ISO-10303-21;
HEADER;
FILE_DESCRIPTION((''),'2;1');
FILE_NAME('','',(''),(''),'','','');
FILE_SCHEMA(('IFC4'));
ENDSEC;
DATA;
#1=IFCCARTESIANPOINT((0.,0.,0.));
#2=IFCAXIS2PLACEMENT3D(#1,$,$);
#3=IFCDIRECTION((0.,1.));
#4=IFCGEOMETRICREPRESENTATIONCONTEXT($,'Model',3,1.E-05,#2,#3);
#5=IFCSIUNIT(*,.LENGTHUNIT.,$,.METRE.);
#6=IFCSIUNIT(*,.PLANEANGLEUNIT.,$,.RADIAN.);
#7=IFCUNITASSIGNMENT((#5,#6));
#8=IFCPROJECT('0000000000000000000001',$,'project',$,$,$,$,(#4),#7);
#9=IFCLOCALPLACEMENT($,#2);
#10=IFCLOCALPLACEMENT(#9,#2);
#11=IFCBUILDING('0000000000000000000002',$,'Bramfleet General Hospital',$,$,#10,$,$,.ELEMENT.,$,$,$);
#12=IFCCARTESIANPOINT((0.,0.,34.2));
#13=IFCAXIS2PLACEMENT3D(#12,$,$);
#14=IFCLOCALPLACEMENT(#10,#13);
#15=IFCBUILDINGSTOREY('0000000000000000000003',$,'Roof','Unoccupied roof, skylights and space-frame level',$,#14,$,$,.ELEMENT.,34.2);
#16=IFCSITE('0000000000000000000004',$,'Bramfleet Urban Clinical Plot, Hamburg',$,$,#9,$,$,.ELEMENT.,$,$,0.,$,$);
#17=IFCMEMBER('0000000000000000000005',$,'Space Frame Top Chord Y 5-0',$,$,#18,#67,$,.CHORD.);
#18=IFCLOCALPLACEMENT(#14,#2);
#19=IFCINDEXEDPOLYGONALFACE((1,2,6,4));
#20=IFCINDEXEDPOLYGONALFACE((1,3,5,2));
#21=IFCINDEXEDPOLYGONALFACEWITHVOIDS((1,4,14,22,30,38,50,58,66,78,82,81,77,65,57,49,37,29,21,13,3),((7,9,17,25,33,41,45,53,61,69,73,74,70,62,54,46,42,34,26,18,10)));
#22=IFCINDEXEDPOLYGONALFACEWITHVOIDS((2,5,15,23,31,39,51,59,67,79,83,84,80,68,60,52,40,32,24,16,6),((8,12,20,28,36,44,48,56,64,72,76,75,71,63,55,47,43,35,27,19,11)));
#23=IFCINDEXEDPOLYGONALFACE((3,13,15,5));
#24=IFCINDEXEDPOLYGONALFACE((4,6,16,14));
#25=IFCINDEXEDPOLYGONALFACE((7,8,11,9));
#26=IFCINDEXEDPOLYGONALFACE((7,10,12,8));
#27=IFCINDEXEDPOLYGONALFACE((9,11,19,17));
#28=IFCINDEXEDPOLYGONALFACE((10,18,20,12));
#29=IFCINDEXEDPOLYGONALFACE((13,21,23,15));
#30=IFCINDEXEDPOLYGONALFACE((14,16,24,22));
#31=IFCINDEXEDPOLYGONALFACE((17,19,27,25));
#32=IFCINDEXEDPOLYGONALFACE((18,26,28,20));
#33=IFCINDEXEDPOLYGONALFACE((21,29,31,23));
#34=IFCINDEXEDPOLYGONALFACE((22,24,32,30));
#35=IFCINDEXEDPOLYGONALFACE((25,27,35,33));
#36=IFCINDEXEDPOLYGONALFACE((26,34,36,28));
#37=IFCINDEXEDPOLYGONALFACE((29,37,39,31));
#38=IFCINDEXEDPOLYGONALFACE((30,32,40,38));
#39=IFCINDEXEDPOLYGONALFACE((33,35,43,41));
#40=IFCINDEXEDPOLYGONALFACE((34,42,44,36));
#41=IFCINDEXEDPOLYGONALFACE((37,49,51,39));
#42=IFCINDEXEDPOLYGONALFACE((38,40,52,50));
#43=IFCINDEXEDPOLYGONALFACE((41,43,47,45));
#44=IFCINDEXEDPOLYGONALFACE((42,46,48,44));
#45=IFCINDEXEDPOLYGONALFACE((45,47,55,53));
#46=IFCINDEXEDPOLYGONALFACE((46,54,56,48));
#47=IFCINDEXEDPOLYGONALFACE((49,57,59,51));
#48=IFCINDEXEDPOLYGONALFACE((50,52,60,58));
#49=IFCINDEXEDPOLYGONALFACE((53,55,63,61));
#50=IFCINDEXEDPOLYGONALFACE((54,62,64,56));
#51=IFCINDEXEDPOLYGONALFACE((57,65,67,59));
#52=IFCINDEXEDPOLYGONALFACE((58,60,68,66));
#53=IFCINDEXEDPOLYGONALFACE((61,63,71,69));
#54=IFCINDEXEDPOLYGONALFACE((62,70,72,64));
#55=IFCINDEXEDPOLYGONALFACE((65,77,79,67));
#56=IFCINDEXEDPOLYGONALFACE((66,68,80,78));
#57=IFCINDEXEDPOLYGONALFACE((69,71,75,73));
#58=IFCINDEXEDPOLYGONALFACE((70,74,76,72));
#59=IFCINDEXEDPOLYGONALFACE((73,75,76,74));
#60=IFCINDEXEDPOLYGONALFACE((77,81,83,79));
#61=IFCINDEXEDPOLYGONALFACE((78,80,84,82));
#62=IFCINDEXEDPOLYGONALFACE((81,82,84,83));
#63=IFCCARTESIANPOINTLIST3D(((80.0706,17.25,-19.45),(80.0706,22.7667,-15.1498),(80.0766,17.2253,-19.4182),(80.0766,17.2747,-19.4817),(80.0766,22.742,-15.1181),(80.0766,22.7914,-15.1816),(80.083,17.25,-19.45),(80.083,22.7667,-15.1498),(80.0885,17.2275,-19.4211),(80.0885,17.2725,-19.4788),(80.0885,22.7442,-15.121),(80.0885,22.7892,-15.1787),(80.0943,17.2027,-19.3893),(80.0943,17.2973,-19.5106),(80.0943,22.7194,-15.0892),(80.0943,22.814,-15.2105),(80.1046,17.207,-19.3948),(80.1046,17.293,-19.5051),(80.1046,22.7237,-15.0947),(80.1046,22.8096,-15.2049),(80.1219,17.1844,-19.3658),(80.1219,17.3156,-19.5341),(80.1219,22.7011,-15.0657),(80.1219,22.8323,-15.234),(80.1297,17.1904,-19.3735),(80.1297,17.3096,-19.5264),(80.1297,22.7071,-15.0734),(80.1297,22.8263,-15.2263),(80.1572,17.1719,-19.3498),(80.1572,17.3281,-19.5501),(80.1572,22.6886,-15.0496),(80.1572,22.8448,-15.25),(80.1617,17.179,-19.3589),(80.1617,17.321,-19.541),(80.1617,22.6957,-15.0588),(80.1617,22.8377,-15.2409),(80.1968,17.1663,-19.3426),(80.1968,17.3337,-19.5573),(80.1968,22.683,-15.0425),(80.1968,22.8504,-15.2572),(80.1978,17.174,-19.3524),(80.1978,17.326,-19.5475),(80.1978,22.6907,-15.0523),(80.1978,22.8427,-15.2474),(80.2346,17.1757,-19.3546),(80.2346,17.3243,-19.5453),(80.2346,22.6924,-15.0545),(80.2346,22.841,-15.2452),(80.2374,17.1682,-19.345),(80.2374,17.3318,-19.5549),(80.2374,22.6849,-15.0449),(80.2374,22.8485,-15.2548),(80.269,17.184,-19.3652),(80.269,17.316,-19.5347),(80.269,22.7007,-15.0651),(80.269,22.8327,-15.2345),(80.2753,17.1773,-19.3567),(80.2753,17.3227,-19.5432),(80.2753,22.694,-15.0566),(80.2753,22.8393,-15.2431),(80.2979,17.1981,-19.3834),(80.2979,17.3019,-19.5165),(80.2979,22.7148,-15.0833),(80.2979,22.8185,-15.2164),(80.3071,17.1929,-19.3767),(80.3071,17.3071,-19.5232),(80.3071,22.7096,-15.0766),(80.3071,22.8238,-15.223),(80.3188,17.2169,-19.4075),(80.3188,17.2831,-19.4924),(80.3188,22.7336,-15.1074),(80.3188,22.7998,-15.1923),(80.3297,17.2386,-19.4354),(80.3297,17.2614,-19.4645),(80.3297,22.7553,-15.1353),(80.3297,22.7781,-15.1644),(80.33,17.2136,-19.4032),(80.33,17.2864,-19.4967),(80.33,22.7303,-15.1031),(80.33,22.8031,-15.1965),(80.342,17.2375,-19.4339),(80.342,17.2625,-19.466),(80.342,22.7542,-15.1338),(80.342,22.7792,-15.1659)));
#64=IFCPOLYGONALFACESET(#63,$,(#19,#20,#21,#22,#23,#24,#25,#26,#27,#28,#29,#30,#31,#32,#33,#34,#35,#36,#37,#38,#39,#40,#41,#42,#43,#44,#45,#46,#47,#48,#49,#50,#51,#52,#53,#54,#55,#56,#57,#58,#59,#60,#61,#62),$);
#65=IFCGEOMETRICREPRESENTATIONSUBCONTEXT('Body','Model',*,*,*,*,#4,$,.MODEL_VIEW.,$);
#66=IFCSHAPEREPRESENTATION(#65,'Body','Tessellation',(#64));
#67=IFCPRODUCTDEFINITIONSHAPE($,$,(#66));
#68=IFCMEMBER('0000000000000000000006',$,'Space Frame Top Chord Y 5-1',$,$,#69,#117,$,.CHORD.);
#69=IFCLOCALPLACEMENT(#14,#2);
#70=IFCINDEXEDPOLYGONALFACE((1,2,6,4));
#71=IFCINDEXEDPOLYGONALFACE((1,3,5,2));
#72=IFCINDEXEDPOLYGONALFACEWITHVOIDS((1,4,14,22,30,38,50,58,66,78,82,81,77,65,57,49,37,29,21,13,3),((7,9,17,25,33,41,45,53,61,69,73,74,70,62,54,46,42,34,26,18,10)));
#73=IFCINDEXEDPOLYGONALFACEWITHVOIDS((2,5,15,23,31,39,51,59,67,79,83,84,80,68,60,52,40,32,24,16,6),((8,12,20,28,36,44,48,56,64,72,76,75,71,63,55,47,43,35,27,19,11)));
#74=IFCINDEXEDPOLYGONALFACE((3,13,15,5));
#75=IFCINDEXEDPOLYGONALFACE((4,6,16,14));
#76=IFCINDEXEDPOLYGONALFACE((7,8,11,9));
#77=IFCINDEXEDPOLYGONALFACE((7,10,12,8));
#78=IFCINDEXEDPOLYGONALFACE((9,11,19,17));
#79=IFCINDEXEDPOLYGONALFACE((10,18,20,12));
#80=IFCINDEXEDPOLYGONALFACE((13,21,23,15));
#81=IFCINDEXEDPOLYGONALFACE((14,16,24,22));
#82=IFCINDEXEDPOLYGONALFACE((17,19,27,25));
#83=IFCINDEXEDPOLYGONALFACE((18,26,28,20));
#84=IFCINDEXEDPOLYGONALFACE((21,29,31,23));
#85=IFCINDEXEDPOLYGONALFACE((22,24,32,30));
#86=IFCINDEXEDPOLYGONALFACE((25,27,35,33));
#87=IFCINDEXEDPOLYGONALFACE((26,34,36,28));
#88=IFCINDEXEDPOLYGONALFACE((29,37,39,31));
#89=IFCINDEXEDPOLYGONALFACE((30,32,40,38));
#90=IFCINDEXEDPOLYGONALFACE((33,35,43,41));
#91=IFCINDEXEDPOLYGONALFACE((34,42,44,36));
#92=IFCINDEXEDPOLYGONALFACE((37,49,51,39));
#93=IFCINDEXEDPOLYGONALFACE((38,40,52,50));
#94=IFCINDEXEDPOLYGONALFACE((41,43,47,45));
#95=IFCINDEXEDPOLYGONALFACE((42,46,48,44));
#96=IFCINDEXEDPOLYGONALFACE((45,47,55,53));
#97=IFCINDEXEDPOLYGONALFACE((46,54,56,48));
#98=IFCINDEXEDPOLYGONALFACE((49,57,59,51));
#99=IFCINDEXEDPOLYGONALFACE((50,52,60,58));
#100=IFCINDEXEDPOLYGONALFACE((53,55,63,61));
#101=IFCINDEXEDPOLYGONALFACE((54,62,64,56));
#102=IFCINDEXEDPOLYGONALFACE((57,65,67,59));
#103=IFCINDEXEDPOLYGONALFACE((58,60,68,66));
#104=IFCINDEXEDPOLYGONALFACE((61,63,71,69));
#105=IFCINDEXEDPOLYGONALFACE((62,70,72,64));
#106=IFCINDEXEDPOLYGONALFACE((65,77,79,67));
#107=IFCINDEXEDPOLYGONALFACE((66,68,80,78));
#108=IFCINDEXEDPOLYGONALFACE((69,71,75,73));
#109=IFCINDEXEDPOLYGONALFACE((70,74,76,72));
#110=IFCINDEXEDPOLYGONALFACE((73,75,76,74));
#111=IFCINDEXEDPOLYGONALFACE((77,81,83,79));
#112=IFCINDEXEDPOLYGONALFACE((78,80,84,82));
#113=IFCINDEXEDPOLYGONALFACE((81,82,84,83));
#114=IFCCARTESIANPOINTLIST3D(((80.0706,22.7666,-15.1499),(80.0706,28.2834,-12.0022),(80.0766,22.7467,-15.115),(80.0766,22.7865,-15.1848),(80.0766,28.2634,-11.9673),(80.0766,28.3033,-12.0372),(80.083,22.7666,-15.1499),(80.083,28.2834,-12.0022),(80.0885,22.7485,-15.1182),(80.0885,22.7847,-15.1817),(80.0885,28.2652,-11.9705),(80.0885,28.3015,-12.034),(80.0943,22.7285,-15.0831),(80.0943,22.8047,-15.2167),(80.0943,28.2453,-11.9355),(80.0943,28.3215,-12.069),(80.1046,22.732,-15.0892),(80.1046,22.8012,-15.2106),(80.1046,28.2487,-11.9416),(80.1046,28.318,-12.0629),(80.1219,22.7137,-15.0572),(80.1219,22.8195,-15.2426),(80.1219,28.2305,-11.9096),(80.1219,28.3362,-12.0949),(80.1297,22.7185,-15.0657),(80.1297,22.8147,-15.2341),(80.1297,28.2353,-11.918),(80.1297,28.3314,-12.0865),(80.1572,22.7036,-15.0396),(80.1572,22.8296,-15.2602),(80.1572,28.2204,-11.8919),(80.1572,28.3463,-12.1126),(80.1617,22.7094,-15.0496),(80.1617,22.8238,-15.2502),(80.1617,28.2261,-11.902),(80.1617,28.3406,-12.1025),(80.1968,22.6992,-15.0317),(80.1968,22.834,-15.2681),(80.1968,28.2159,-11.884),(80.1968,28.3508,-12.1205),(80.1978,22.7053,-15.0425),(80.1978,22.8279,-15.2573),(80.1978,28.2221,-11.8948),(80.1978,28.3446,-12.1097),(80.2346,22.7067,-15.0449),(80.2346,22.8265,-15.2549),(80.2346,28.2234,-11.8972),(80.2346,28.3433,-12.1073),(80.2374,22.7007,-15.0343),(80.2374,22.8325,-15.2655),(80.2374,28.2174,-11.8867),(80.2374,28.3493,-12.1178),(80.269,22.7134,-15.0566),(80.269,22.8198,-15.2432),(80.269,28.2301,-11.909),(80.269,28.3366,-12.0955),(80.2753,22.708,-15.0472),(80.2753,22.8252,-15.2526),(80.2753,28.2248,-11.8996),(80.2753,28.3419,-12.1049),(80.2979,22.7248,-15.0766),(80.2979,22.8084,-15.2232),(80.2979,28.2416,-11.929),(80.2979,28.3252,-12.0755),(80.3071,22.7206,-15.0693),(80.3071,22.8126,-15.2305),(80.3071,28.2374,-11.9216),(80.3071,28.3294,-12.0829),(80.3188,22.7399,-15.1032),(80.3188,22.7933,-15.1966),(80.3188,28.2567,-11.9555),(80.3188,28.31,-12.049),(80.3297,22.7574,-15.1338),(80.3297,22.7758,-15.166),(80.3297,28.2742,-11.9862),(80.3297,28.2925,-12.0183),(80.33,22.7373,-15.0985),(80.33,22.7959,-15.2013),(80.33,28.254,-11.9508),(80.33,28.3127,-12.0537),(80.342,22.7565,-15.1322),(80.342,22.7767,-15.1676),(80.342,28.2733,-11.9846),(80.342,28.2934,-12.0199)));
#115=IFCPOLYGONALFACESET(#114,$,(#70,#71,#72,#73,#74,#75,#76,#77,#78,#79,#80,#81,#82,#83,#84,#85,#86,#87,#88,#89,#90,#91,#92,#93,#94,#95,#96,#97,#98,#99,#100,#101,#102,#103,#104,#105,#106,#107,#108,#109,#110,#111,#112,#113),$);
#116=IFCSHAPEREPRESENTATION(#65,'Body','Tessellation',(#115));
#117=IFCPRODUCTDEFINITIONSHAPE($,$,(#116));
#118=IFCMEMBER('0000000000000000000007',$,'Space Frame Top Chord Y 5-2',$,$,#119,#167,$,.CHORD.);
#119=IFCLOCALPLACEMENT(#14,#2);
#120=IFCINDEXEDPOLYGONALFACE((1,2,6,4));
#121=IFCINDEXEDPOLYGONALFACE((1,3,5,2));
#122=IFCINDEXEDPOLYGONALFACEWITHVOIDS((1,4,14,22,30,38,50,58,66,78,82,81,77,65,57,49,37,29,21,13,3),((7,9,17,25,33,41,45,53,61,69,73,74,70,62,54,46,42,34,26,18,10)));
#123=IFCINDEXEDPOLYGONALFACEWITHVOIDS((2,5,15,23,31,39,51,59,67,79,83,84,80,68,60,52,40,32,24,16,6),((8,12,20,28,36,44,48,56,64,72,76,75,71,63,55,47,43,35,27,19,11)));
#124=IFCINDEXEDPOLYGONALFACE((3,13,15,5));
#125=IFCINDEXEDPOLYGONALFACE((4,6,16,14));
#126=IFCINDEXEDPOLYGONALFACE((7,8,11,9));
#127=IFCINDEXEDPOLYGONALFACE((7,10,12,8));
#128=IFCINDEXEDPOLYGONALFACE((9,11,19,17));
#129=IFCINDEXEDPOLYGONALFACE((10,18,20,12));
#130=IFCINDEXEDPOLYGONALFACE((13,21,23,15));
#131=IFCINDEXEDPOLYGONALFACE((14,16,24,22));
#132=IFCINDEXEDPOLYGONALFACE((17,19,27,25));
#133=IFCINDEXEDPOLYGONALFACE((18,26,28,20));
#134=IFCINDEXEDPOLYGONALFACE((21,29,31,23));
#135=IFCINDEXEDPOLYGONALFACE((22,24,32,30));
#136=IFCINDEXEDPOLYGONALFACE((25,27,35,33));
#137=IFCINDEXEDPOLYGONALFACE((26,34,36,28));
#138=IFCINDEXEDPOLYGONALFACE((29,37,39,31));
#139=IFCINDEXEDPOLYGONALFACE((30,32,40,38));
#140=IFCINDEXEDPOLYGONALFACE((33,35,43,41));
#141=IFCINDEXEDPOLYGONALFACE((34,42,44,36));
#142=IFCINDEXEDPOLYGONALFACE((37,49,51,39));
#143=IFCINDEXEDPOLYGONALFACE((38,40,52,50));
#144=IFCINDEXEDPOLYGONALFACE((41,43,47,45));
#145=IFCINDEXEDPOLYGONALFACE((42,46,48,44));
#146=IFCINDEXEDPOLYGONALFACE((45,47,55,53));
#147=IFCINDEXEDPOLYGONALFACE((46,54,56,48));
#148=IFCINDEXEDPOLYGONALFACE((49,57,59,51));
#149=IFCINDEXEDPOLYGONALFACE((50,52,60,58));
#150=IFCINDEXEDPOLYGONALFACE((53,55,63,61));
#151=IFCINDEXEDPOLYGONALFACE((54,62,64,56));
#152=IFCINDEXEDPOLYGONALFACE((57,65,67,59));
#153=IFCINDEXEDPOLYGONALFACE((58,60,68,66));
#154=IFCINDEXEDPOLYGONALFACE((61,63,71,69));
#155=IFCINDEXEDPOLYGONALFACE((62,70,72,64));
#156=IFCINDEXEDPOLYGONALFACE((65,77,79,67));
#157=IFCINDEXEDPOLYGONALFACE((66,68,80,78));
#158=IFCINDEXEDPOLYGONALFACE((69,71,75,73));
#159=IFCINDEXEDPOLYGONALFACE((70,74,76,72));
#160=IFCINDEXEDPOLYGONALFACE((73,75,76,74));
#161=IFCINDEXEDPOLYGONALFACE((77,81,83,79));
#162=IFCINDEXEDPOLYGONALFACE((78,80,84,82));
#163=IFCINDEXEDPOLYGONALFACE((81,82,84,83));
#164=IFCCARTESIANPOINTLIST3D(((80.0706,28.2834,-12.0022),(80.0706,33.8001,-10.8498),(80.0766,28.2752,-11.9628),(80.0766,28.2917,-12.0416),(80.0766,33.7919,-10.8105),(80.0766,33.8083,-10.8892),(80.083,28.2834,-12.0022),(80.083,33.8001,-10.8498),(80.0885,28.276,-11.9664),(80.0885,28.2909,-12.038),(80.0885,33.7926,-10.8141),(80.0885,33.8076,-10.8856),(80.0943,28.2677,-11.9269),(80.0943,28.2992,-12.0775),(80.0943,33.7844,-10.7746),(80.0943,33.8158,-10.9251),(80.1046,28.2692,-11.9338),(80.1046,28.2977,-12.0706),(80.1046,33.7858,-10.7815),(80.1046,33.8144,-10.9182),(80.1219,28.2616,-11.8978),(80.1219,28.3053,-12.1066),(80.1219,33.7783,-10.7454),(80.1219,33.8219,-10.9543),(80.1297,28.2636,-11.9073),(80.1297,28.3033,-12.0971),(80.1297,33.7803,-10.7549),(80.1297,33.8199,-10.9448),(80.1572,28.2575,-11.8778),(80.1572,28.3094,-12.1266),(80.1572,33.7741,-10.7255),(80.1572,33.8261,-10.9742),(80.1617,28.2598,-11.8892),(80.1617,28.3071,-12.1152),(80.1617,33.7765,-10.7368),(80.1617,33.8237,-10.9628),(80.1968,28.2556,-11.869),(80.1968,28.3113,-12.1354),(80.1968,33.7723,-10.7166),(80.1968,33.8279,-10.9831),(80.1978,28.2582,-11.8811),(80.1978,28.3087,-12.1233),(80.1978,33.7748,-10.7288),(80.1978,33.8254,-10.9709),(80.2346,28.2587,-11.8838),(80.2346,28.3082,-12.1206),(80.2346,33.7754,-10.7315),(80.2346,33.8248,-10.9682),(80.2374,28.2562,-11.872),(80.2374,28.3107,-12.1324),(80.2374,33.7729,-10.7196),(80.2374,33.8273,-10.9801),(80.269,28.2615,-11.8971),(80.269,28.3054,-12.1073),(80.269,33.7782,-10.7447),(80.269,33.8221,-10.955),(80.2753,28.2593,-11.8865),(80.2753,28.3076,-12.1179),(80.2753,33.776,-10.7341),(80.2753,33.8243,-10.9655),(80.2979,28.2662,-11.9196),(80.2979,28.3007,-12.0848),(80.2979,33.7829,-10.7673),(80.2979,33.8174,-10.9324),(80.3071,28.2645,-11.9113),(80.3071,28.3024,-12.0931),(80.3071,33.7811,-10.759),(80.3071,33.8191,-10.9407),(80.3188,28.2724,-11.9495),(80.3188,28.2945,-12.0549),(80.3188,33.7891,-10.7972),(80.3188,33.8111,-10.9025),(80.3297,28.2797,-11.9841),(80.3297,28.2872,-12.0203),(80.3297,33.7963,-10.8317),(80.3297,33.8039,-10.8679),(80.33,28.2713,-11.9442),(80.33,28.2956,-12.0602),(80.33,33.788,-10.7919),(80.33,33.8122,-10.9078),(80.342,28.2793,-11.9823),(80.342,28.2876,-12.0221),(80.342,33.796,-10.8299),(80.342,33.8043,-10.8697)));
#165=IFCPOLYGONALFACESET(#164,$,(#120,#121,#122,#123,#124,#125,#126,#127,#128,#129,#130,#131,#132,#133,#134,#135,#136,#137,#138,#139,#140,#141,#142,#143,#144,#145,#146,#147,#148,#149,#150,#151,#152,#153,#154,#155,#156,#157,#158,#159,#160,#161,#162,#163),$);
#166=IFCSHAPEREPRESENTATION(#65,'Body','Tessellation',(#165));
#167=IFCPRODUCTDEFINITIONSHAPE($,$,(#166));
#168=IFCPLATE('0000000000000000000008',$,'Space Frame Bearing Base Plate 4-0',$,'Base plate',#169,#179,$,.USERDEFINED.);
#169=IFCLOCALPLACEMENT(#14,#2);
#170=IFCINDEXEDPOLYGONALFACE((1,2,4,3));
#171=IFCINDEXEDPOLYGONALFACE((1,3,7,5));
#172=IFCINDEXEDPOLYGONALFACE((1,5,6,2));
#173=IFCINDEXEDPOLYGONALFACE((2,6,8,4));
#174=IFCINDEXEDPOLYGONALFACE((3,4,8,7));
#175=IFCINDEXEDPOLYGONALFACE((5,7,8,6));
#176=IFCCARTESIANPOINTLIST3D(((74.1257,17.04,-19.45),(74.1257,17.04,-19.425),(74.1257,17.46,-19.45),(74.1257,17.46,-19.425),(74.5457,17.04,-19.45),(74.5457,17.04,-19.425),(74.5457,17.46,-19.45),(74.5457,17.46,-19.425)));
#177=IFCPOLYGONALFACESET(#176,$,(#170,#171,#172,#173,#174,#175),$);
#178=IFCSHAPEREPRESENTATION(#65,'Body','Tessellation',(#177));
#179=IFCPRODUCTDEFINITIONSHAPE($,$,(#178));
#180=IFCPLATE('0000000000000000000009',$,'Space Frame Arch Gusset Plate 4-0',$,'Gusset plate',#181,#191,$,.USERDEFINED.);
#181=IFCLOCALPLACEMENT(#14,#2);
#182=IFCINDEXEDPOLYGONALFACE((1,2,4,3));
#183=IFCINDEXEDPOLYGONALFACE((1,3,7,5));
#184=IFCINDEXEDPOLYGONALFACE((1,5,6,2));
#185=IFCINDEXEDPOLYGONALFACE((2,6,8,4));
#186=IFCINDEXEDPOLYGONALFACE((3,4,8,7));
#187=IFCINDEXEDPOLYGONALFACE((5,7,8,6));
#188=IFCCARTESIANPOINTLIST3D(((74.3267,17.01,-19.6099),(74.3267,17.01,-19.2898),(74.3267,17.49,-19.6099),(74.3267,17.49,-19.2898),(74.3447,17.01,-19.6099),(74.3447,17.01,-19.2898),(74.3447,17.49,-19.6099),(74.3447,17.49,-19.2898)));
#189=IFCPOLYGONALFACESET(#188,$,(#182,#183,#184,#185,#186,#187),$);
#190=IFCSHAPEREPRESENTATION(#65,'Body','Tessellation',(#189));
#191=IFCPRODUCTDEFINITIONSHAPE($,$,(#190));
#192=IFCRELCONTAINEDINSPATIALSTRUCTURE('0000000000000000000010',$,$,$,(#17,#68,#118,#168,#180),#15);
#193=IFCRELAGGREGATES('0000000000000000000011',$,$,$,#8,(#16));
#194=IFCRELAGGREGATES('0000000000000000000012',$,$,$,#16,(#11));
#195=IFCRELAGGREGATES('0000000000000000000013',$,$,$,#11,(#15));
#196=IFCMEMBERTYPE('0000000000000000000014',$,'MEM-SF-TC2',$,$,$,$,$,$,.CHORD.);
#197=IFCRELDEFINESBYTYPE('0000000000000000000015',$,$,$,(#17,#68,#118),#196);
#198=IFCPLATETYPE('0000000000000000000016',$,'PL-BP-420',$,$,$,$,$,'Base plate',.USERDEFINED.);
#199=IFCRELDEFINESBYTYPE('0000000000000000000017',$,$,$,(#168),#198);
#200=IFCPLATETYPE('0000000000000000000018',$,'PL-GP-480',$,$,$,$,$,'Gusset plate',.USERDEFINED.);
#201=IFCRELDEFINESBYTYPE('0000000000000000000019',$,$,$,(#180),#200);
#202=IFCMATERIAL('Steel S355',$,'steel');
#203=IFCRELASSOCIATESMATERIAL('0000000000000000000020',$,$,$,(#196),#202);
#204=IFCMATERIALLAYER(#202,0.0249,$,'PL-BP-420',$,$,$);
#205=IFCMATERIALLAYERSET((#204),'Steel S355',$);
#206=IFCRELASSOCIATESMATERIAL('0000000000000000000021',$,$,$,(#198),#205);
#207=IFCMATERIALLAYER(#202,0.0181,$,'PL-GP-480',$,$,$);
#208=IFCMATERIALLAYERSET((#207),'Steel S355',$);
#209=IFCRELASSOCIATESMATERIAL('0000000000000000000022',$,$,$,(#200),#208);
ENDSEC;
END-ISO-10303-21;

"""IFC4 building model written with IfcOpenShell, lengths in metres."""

from ifc_helpers import new_model, si_unit, direction, frame, origin, origin_2d, place, context, subcontext, project, spatial, rectangle, hollow_circle, extrude, material, layer, layer_set, material_profile, profile_set, type_object, element, save


model = new_model("IFC4")

# Units and contexts
model_context = context("Model", 3, precision=1e-05, world=origin(), true_north=direction((0.0, 1.0)))
body_context = subcontext(model_context, "Body", "Model", "MODEL_VIEW")
ifc_project = project(units=[si_unit("LENGTHUNIT", "METRE"), si_unit("PLANEANGLEUNIT", "RADIAN")], contexts=[model_context])

# Site, building, storey
site_placement = place(None, origin())
site = spatial("IfcSite", under=ifc_project, at=site_placement, Name="Bramfleet Urban Clinical Plot, Hamburg", CompositionType="ELEMENT", RefElevation=0.0)
building_placement = place(site_placement, origin())
building = spatial("IfcBuilding", under=site, at=building_placement, Name="Bramfleet General Hospital", CompositionType="ELEMENT")
storey_placement = place(building_placement, frame((0.0, 0.0, 34.2)))
storey = spatial("IfcBuildingStorey", under=building, at=storey_placement, Name="Roof", Description="Unoccupied roof, skylights and space-frame level", CompositionType="ELEMENT", Elevation=34.2)

# Members
ifc_material = material(Name="Steel S355", Category="steel")
ifc_material_profile_1 = material_profile(ifc_material, hollow_circle(Radius=0.1365, WallThickness=0.0125, at=origin_2d()), Name="CHS 273.0x12.5")
ifc_profile_set_1 = profile_set([ifc_material_profile_1], Name="Steel S355")
member_type_1 = type_object("IfcMemberType", Name="MEM-SF-TC2", PredefinedType="CHORD", material=ifc_profile_set_1)
member_1_placement = place(storey_placement, frame((80.207, 17.25, -19.45), z_axis=(0.0, 0.788703, 0.614774), x_axis=(-1.0, 0.0, 0.0)))
element("IfcMember", 1, at=member_1_placement, inside=storey, type_object=member_type_1, Name="Space Frame Top Chord Y 5-0", PredefinedType="CHORD", context=body_context, shape_type="SweptSolid", body=[
    extrude(hollow_circle(Radius=0.1365, WallThickness=0.0125, at=origin_2d()), origin(), (0.0, 0.0, 1.0), 6.9946),
])
member_2_placement = place(storey_placement, frame((80.207, 22.7666, -15.1499), z_axis=(0.0, 0.868567, 0.495572), x_axis=(-1.0, 0.0, 0.0)))
element("IfcMember", 2, at=member_2_placement, inside=storey, type_object=member_type_1, Name="Space Frame Top Chord Y 5-1", PredefinedType="CHORD", context=body_context, shape_type="SweptSolid", body=[
    extrude(hollow_circle(Radius=0.1365, WallThickness=0.0125, at=origin_2d()), origin(), (0.0, 0.0, 1.0), 6.3516),
])
member_3_placement = place(storey_placement, frame((80.207, 28.2834, -12.0022), z_axis=(0.0, 0.978872, 0.204473), x_axis=(-1.0, 0.0, 0.0)))
element("IfcMember", 3, at=member_3_placement, inside=storey, type_object=member_type_1, Name="Space Frame Top Chord Y 5-2", PredefinedType="CHORD", context=body_context, shape_type="SweptSolid", body=[
    extrude(hollow_circle(Radius=0.1365, WallThickness=0.0125, at=origin_2d()), origin(), (0.0, 0.0, 1.0), 5.6357),
])

# Plates
ifc_layer_1 = layer(ifc_material, 0.0249, Name="PL-BP-420")
ifc_layer_set_1 = layer_set([ifc_layer_1], Name="Steel S355")
plate_type_1 = type_object("IfcPlateType", Name="PL-BP-420", ElementType="Base plate", PredefinedType="USERDEFINED", material=ifc_layer_set_1)
plate_1_placement = place(storey_placement, frame((74.3357, 17.25, -19.45), z_axis=(0.0, 0.0, 1.0), x_axis=(1.0, 0.0, 0.0)))
element("IfcPlate", 4, at=plate_1_placement, inside=storey, type_object=plate_type_1, Name="Space Frame Bearing Base Plate 4-0", ObjectType="Base plate", PredefinedType="USERDEFINED", context=body_context, shape_type="SweptSolid", body=[
    extrude(rectangle(XDim=0.4199, YDim=0.4199, at=origin_2d()), origin(), (0.0, 0.0, 1.0), 0.0249),
])
ifc_layer_2 = layer(ifc_material, 0.0181, Name="PL-GP-480")
ifc_layer_set_2 = layer_set([ifc_layer_2], Name="Steel S355")
plate_type_2 = type_object("IfcPlateType", Name="PL-GP-480", ElementType="Gusset plate", PredefinedType="USERDEFINED", material=ifc_layer_set_2)
plate_2_placement = place(storey_placement, frame((74.3357, 17.25, -19.6099), z_axis=(0.0, 0.0, 1.0), x_axis=(0.0, 1.0, 0.0)))
element("IfcPlate", 5, at=plate_2_placement, inside=storey, type_object=plate_type_2, Name="Space Frame Arch Gusset Plate 4-0", ObjectType="Gusset plate", PredefinedType="USERDEFINED", context=body_context, shape_type="SweptSolid", body=[
    extrude(rectangle(XDim=0.48, YDim=0.0181, at=origin_2d()), origin(), (0.0, 0.0, 1.0), 0.3201),
])

save(model, "model.ifc")
